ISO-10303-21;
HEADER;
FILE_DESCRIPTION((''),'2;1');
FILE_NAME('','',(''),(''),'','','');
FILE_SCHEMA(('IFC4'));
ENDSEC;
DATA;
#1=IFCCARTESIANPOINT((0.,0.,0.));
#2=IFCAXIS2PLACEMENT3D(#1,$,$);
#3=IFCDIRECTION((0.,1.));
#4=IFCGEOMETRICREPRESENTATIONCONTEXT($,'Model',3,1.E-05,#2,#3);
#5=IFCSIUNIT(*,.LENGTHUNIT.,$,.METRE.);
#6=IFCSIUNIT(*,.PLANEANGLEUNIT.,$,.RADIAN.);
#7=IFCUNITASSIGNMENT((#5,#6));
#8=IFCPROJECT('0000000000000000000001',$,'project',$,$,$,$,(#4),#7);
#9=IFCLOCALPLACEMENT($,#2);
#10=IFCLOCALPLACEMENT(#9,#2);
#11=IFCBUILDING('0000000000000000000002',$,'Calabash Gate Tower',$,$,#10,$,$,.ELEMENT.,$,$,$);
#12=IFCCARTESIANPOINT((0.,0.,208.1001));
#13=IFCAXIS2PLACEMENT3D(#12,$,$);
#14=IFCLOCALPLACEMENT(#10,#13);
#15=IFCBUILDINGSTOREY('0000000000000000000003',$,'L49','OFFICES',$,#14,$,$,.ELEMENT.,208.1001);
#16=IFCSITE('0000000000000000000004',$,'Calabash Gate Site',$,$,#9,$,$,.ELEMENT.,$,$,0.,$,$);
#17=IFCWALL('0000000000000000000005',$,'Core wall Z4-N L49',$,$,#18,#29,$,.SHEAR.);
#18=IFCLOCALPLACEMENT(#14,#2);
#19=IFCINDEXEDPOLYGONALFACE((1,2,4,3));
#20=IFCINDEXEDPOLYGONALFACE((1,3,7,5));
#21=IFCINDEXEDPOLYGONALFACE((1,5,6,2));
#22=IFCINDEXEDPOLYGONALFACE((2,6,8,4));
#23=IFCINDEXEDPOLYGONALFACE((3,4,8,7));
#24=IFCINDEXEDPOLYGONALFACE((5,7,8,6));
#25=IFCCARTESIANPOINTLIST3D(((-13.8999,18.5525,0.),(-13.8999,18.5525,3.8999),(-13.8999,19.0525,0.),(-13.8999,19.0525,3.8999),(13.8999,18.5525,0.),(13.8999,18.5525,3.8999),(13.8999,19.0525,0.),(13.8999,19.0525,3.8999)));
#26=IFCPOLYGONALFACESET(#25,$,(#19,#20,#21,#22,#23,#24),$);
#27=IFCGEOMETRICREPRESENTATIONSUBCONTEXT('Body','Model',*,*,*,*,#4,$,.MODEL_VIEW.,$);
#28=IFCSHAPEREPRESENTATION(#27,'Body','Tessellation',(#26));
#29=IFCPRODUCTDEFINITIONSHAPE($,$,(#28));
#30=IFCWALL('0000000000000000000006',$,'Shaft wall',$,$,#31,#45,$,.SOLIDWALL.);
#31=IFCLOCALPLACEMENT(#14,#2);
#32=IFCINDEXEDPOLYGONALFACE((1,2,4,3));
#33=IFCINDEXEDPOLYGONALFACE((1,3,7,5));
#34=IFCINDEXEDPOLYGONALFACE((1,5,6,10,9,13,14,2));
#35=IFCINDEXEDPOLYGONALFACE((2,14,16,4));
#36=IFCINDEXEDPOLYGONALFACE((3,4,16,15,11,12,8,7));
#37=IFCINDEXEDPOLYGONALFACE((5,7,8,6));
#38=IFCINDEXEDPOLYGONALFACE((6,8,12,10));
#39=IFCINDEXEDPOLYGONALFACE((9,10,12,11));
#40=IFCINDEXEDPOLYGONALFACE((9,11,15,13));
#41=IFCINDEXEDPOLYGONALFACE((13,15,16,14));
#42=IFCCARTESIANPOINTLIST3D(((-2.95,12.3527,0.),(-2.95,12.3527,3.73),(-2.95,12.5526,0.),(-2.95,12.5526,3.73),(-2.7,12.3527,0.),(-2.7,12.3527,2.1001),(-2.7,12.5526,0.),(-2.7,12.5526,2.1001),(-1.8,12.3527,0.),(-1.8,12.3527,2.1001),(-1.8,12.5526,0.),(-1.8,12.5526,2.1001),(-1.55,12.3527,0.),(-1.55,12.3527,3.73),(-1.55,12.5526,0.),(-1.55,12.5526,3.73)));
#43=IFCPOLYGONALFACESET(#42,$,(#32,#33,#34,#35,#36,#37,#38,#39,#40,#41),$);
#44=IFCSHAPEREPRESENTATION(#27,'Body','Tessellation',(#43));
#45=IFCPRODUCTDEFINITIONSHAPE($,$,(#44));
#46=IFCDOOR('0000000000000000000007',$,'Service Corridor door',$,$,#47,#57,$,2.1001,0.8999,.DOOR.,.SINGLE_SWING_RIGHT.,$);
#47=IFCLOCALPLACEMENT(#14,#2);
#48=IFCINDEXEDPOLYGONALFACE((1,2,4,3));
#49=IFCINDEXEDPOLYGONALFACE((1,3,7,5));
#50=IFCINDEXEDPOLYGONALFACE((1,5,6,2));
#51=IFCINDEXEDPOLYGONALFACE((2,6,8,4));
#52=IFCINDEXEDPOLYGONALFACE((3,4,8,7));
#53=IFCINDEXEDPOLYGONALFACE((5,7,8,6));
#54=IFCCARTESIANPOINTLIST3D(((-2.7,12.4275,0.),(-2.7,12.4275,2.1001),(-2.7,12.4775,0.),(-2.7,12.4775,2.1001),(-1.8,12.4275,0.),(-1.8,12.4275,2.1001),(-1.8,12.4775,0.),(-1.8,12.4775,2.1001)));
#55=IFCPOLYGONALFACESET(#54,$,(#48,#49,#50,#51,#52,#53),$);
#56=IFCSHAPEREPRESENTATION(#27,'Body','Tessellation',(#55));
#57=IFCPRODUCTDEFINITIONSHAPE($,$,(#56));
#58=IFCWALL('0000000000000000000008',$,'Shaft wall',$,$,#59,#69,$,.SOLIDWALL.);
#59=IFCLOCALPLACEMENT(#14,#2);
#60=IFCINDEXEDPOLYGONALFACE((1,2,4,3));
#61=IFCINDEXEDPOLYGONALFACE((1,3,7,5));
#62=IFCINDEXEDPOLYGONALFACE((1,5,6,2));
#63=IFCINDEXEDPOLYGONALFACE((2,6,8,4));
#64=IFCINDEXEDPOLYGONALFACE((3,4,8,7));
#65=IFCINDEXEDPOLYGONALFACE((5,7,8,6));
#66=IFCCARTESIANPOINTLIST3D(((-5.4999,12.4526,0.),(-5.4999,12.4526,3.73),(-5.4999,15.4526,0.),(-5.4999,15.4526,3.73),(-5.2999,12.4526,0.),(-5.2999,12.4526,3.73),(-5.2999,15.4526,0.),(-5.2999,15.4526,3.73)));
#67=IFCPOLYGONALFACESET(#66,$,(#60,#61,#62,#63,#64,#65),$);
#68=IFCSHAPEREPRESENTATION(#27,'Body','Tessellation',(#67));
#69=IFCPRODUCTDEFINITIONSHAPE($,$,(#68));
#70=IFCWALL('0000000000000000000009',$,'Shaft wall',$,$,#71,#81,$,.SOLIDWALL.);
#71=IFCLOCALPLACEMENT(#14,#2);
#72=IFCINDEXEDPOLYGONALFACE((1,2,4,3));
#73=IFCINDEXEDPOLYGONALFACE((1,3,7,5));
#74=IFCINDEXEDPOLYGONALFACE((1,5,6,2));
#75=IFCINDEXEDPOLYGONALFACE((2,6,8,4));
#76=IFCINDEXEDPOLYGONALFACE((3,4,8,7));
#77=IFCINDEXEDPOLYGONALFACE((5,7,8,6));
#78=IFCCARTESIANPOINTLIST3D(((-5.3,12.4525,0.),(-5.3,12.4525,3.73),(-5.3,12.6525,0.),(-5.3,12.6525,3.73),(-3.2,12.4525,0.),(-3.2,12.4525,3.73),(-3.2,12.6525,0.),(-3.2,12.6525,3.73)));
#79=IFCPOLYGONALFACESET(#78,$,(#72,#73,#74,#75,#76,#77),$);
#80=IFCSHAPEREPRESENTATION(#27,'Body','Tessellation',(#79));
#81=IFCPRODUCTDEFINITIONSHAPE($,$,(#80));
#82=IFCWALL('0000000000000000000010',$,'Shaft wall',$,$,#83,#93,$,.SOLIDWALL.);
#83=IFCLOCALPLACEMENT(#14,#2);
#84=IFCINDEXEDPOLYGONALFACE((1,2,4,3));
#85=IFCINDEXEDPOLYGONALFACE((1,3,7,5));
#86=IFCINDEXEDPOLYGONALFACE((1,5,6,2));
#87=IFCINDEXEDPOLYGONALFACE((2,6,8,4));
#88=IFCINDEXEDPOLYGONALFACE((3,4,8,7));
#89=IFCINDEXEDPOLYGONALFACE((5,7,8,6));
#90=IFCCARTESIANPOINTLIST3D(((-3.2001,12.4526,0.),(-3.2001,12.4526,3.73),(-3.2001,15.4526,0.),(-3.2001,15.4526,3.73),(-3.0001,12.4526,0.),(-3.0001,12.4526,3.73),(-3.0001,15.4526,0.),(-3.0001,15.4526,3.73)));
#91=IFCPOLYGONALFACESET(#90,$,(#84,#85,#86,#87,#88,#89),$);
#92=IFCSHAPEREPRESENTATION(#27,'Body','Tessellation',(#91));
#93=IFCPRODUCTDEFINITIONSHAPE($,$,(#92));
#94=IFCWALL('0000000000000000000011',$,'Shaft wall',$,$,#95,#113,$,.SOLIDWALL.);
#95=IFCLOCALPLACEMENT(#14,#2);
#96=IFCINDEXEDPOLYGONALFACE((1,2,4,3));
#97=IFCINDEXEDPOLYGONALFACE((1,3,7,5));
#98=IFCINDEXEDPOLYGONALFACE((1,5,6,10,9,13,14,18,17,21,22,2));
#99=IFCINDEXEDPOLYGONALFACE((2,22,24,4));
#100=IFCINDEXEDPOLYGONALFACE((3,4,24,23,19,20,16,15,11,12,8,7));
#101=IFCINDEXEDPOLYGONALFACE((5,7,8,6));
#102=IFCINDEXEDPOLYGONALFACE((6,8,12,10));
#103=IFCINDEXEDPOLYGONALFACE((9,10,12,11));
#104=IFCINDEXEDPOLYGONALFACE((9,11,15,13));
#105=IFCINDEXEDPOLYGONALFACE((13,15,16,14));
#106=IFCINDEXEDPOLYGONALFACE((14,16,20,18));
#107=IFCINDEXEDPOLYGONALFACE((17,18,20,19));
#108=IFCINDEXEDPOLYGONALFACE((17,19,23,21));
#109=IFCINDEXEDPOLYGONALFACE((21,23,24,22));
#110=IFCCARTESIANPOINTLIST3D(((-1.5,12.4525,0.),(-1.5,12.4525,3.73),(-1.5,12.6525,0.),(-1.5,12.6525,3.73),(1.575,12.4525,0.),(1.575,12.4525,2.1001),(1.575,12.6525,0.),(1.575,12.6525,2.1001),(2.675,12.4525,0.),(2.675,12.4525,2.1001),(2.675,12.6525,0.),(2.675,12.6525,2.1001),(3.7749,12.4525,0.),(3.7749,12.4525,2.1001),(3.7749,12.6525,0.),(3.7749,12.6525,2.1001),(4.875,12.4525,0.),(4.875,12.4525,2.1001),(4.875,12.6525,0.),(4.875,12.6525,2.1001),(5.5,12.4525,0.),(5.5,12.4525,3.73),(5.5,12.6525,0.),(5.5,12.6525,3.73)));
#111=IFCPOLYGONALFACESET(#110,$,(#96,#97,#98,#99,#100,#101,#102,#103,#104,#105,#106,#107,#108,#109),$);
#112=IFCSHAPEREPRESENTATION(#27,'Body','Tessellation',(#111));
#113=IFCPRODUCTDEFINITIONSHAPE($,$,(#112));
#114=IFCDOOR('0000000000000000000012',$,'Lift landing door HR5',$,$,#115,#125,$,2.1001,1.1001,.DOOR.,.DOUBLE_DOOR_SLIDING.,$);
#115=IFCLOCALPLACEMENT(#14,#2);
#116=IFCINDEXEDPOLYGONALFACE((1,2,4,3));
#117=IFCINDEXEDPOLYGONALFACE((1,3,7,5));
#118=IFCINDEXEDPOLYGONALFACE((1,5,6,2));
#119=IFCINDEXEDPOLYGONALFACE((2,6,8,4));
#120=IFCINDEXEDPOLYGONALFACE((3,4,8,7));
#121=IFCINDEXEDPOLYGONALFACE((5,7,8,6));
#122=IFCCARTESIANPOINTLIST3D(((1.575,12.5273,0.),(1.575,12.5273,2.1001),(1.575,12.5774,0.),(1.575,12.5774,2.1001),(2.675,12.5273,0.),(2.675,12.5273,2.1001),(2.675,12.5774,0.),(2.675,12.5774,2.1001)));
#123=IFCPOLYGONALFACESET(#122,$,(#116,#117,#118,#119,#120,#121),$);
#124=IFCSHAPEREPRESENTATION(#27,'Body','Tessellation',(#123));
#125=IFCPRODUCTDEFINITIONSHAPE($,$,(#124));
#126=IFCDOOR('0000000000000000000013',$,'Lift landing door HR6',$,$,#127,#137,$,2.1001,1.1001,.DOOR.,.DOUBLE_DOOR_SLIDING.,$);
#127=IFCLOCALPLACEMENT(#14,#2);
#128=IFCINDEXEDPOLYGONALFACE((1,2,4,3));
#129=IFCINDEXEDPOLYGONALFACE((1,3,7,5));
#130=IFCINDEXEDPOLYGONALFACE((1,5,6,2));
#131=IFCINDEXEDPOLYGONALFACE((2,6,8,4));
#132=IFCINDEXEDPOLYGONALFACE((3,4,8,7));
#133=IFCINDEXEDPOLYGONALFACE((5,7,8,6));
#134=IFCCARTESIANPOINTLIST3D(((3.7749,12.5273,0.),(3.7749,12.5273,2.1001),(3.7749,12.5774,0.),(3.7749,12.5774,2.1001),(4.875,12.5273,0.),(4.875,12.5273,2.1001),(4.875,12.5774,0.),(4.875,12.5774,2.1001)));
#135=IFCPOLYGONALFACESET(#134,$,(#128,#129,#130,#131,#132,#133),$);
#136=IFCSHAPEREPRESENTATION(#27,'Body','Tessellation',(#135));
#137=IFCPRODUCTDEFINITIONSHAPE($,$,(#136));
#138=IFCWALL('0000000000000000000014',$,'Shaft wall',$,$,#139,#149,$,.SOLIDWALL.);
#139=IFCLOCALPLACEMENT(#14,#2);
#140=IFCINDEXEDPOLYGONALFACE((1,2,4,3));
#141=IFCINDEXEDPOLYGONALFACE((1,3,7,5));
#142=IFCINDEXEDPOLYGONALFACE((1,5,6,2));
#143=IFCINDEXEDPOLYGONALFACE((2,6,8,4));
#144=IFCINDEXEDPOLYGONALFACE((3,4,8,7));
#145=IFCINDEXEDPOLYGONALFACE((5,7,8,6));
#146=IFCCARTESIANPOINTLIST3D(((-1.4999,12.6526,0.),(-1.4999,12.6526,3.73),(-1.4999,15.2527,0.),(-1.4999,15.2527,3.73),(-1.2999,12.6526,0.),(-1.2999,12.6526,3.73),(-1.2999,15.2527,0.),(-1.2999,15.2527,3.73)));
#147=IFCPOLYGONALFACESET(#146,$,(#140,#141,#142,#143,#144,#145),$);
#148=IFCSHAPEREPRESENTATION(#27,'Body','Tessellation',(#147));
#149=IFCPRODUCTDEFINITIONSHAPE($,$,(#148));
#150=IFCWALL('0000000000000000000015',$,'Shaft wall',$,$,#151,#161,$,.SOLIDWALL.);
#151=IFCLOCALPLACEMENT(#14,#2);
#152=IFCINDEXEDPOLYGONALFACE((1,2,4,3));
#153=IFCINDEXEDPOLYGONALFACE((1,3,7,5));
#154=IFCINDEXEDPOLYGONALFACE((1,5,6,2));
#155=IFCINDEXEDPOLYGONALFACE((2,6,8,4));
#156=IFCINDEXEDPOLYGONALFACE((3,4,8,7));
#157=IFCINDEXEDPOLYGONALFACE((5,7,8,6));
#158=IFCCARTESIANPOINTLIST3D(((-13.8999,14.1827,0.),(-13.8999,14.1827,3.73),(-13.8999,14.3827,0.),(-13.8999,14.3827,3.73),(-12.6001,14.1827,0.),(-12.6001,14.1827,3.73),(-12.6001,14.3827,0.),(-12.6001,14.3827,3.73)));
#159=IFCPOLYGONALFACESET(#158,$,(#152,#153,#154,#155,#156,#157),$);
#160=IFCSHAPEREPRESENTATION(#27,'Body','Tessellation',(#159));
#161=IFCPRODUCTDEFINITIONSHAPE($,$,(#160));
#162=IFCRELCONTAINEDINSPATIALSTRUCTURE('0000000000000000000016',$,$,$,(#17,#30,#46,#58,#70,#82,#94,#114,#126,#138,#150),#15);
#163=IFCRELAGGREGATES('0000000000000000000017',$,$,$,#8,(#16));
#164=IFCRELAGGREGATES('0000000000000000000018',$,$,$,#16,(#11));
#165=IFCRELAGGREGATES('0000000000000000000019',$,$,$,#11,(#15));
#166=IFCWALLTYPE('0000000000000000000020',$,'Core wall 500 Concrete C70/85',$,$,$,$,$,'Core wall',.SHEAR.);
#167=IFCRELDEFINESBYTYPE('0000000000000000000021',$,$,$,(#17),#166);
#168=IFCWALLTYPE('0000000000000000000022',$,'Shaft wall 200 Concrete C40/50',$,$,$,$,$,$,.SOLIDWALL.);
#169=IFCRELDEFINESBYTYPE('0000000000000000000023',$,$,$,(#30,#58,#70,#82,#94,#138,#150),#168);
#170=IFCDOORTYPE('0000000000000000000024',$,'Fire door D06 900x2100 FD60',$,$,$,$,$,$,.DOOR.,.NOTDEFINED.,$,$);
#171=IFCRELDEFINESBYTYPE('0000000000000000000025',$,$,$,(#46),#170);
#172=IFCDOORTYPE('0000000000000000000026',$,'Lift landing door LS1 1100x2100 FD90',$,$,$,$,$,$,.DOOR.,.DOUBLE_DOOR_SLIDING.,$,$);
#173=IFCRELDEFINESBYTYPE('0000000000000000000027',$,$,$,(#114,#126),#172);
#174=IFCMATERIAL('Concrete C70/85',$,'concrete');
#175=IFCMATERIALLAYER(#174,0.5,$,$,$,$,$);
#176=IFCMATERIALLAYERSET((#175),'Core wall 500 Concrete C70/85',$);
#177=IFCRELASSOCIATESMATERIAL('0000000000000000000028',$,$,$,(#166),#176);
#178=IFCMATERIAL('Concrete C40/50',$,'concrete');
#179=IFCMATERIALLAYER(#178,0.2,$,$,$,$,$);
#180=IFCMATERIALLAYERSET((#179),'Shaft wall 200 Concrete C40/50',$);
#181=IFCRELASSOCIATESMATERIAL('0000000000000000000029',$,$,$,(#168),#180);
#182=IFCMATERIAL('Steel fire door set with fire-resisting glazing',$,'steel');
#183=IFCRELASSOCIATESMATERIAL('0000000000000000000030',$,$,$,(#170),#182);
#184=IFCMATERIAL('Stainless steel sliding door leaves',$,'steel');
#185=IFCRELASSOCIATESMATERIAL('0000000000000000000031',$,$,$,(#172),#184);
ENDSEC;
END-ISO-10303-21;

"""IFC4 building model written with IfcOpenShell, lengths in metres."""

from ifc_helpers import new_model, si_unit, direction, frame, frame_2d, origin, place, context, subcontext, project, spatial, rectangle, extrude, material, layer, layer_set, type_object, element, fill, save


model = new_model("IFC4")

# Units and contexts
model_context = context("Model", 3, precision=1e-05, world=origin(), true_north=direction((0.0, 1.0)))
body_context = subcontext(model_context, "Body", "Model", "MODEL_VIEW")
ifc_project = project(units=[si_unit("LENGTHUNIT", "METRE"), si_unit("PLANEANGLEUNIT", "RADIAN")], contexts=[model_context])

# Site, building, storey
site_placement = place(None, origin())
site = spatial("IfcSite", under=ifc_project, at=site_placement, Name="Calabash Gate Site", CompositionType="ELEMENT", RefElevation=0.0)
building_placement = place(site_placement, origin())
building = spatial("IfcBuilding", under=site, at=building_placement, Name="Calabash Gate Tower", CompositionType="ELEMENT")
storey_placement = place(building_placement, frame((0.0, 0.0, 208.1001)))
storey = spatial("IfcBuildingStorey", under=building, at=storey_placement, Name="L49", Description="OFFICES", CompositionType="ELEMENT", Elevation=208.1001)

# Wall
ifc_material_1 = material(Name="Concrete C70/85", Category="concrete")
ifc_layer_1 = layer(ifc_material_1, 0.5)
ifc_layer_set_1 = layer_set([ifc_layer_1], Name="Core wall 500 Concrete C70/85")
wall_type_1 = type_object("IfcWallType", Name="Core wall 500 Concrete C70/85", ElementType="Core wall", PredefinedType="SHEAR", material=ifc_layer_set_1)
wall_1_placement = place(storey_placement, frame((-13.8999, 18.8025, 0.0), z_axis=(0.0, 0.0, 1.0), x_axis=(1.0, 0.0, 0.0)))
element("IfcWall", 1, at=wall_1_placement, inside=storey, type_object=wall_type_1, Name="Core wall Z4-N L49", PredefinedType="SHEAR", context=body_context, shape_type="SweptSolid", body=[
    extrude(rectangle(XDim=27.7998, YDim=0.5, at=frame_2d((13.8999, 0.0))), origin(), (0.0, 0.0, 1.0), 3.8999),
])

# Wall, opening, door
ifc_material_2 = material(Name="Concrete C40/50", Category="concrete")
ifc_layer_2 = layer(ifc_material_2, 0.2)
ifc_layer_set_2 = layer_set([ifc_layer_2], Name="Shaft wall 200 Concrete C40/50")
wall_type_2 = type_object("IfcWallType", Name="Shaft wall 200 Concrete C40/50", PredefinedType="SOLIDWALL", material=ifc_layer_set_2)
wall_2_placement = place(storey_placement, frame((-2.95, 12.4526, 0.0), z_axis=(0.0, 0.0, 1.0), x_axis=(1.0, 0.0, 0.0)))
wall_2 = element("IfcWall", 2, at=wall_2_placement, inside=storey, type_object=wall_type_2, Name="Shaft wall", PredefinedType="SOLIDWALL", context=body_context, shape_type="SweptSolid", body=[
    extrude(rectangle(XDim=1.3999, YDim=0.2, at=frame_2d((0.7, 0.0))), origin(), (0.0, 0.0, 1.0), 3.73),
])
opening_1_placement = place(wall_2_placement, frame((0.25, 0.0, 0.0)))
opening_1 = element("IfcOpeningElement", 3, at=opening_1_placement, cuts=wall_2, PredefinedType="OPENING", context=body_context, shape_type="SweptSolid", body=[
    extrude(rectangle(XDim=0.8999, YDim=2.1001, at=frame_2d((0.45, 1.05))), frame((0.0, 0.1099, 0.0), z_axis=(0.0, -1.0, 0.0), x_axis=(1.0, 0.0, 0.0)), (0.0, 0.0, 1.0), 0.22),
])
ifc_material_3 = material(Name="Steel fire door set with fire-resisting glazing", Category="steel")
door_type_1 = type_object("IfcDoorType", Name="Fire door D06 900x2100 FD60", OperationType="NOTDEFINED", PredefinedType="DOOR", material=ifc_material_3)
door_1_placement = place(opening_1_placement, origin())
door_1 = element("IfcDoor", 4, at=door_1_placement, inside=storey, type_object=door_type_1, Name="Service Corridor door", OperationType="SINGLE_SWING_RIGHT", OverallHeight=2.1001, OverallWidth=0.8999, PredefinedType="DOOR", context=body_context, shape_type="SweptSolid", body=[
    extrude(rectangle(XDim=0.8999, YDim=2.1001, at=frame_2d((0.45, 1.05))), frame((0.0, 0.0249, 0.0), z_axis=(0.0, -1.0, 0.0), x_axis=(1.0, 0.0, 0.0)), (0.0, 0.0, 1.0), 0.05),
])
fill(opening_1, door_1)

# Walls
wall_3_placement = place(storey_placement, frame((-5.3999, 12.4526, 0.0), z_axis=(0.0, 0.0, 1.0), x_axis=(0.0, 1.0, 0.0)))
element("IfcWall", 5, at=wall_3_placement, inside=storey, type_object=wall_type_2, Name="Shaft wall", PredefinedType="SOLIDWALL", context=body_context, shape_type="SweptSolid", body=[
    extrude(rectangle(XDim=3.0, YDim=0.2, at=frame_2d((1.5, 0.0))), origin(), (0.0, 0.0, 1.0), 3.73),
])
wall_4_placement = place(storey_placement, frame((-5.3, 12.5525, 0.0), z_axis=(0.0, 0.0, 1.0), x_axis=(1.0, 0.0, 0.0)))
element("IfcWall", 6, at=wall_4_placement, inside=storey, type_object=wall_type_2, Name="Shaft wall", PredefinedType="SOLIDWALL", context=body_context, shape_type="SweptSolid", body=[
    extrude(rectangle(XDim=2.1001, YDim=0.2, at=frame_2d((1.05, 0.0))), origin(), (0.0, 0.0, 1.0), 3.73),
])
wall_5_placement = place(storey_placement, frame((-3.1001, 12.4526, 0.0), z_axis=(0.0, 0.0, 1.0), x_axis=(0.0, 1.0, 0.0)))
element("IfcWall", 7, at=wall_5_placement, inside=storey, type_object=wall_type_2, Name="Shaft wall", PredefinedType="SOLIDWALL", context=body_context, shape_type="SweptSolid", body=[
    extrude(rectangle(XDim=3.0, YDim=0.2, at=frame_2d((1.5, 0.0))), origin(), (0.0, 0.0, 1.0), 3.73),
])

# Wall, openings, doors
wall_6_placement = place(storey_placement, frame((-1.5, 12.5525, 0.0), z_axis=(0.0, 0.0, 1.0), x_axis=(1.0, 0.0, 0.0)))
wall_6 = element("IfcWall", 8, at=wall_6_placement, inside=storey, type_object=wall_type_2, Name="Shaft wall", PredefinedType="SOLIDWALL", context=body_context, shape_type="SweptSolid", body=[
    extrude(rectangle(XDim=7.0, YDim=0.2, at=frame_2d((3.5, 0.0))), origin(), (0.0, 0.0, 1.0), 3.73),
])
opening_2_placement = place(wall_6_placement, frame((3.075, 0.0, 0.0)))
opening_2 = element("IfcOpeningElement", 9, at=opening_2_placement, cuts=wall_6, PredefinedType="OPENING", context=body_context, shape_type="SweptSolid", body=[
    extrude(rectangle(XDim=1.1001, YDim=2.1001, at=frame_2d((0.55, 1.05))), frame((0.0, 0.1099, 0.0), z_axis=(0.0, -1.0, 0.0), x_axis=(1.0, 0.0, 0.0)), (0.0, 0.0, 1.0), 0.22),
])
opening_3_placement = place(wall_6_placement, frame((5.2749, 0.0, 0.0)))
opening_3 = element("IfcOpeningElement", 10, at=opening_3_placement, cuts=wall_6, PredefinedType="OPENING", context=body_context, shape_type="SweptSolid", body=[
    extrude(rectangle(XDim=1.1001, YDim=2.1001, at=frame_2d((0.55, 1.05))), frame((0.0, 0.1099, 0.0), z_axis=(0.0, -1.0, 0.0), x_axis=(1.0, 0.0, 0.0)), (0.0, 0.0, 1.0), 0.22),
])
ifc_material_4 = material(Name="Stainless steel sliding door leaves", Category="steel")
door_type_2 = type_object("IfcDoorType", Name="Lift landing door LS1 1100x2100 FD90", OperationType="DOUBLE_DOOR_SLIDING", PredefinedType="DOOR", material=ifc_material_4)
door_2_placement = place(opening_2_placement, origin())
door_2 = element("IfcDoor", 11, at=door_2_placement, inside=storey, type_object=door_type_2, Name="Lift landing door HR5", OperationType="DOUBLE_DOOR_SLIDING", OverallHeight=2.1001, OverallWidth=1.1001, PredefinedType="DOOR", context=body_context, shape_type="SweptSolid", body=[
    extrude(rectangle(XDim=1.1001, YDim=2.1001, at=frame_2d((0.55, 1.05))), frame((0.0, 0.0249, 0.0), z_axis=(0.0, -1.0, 0.0), x_axis=(1.0, 0.0, 0.0)), (0.0, 0.0, 1.0), 0.05),
])
fill(opening_2, door_2)
door_3_placement = place(opening_3_placement, origin())
door_3 = element("IfcDoor", 12, at=door_3_placement, inside=storey, type_object=door_type_2, Name="Lift landing door HR6", OperationType="DOUBLE_DOOR_SLIDING", OverallHeight=2.1001, OverallWidth=1.1001, PredefinedType="DOOR", context=body_context, shape_type="SweptSolid", body=[
    extrude(rectangle(XDim=1.1001, YDim=2.1001, at=frame_2d((0.55, 1.05))), frame((0.0, 0.0249, 0.0), z_axis=(0.0, -1.0, 0.0), x_axis=(1.0, 0.0, 0.0)), (0.0, 0.0, 1.0), 0.05),
])
fill(opening_3, door_3)

# Walls
wall_7_placement = place(storey_placement, frame((-1.3999, 12.6526, 0.0), z_axis=(0.0, 0.0, 1.0), x_axis=(0.0, 1.0, 0.0)))
element("IfcWall", 13, at=wall_7_placement, inside=storey, type_object=wall_type_2, Name="Shaft wall", PredefinedType="SOLIDWALL", context=body_context, shape_type="SweptSolid", body=[
    extrude(rectangle(XDim=2.6001, YDim=0.2, at=frame_2d((1.3, 0.0))), origin(), (0.0, 0.0, 1.0), 3.73),
])
wall_8_placement = place(storey_placement, frame((-13.8999, 14.2827, 0.0), z_axis=(0.0, 0.0, 1.0), x_axis=(1.0, 0.0, 0.0)))
element("IfcWall", 14, at=wall_8_placement, inside=storey, type_object=wall_type_2, Name="Shaft wall", PredefinedType="SOLIDWALL", context=body_context, shape_type="SweptSolid", body=[
    extrude(rectangle(XDim=1.2998, YDim=0.2, at=frame_2d((0.6499, 0.0))), origin(), (0.0, 0.0, 1.0), 3.73),
])

save(model, "model.ifc")
